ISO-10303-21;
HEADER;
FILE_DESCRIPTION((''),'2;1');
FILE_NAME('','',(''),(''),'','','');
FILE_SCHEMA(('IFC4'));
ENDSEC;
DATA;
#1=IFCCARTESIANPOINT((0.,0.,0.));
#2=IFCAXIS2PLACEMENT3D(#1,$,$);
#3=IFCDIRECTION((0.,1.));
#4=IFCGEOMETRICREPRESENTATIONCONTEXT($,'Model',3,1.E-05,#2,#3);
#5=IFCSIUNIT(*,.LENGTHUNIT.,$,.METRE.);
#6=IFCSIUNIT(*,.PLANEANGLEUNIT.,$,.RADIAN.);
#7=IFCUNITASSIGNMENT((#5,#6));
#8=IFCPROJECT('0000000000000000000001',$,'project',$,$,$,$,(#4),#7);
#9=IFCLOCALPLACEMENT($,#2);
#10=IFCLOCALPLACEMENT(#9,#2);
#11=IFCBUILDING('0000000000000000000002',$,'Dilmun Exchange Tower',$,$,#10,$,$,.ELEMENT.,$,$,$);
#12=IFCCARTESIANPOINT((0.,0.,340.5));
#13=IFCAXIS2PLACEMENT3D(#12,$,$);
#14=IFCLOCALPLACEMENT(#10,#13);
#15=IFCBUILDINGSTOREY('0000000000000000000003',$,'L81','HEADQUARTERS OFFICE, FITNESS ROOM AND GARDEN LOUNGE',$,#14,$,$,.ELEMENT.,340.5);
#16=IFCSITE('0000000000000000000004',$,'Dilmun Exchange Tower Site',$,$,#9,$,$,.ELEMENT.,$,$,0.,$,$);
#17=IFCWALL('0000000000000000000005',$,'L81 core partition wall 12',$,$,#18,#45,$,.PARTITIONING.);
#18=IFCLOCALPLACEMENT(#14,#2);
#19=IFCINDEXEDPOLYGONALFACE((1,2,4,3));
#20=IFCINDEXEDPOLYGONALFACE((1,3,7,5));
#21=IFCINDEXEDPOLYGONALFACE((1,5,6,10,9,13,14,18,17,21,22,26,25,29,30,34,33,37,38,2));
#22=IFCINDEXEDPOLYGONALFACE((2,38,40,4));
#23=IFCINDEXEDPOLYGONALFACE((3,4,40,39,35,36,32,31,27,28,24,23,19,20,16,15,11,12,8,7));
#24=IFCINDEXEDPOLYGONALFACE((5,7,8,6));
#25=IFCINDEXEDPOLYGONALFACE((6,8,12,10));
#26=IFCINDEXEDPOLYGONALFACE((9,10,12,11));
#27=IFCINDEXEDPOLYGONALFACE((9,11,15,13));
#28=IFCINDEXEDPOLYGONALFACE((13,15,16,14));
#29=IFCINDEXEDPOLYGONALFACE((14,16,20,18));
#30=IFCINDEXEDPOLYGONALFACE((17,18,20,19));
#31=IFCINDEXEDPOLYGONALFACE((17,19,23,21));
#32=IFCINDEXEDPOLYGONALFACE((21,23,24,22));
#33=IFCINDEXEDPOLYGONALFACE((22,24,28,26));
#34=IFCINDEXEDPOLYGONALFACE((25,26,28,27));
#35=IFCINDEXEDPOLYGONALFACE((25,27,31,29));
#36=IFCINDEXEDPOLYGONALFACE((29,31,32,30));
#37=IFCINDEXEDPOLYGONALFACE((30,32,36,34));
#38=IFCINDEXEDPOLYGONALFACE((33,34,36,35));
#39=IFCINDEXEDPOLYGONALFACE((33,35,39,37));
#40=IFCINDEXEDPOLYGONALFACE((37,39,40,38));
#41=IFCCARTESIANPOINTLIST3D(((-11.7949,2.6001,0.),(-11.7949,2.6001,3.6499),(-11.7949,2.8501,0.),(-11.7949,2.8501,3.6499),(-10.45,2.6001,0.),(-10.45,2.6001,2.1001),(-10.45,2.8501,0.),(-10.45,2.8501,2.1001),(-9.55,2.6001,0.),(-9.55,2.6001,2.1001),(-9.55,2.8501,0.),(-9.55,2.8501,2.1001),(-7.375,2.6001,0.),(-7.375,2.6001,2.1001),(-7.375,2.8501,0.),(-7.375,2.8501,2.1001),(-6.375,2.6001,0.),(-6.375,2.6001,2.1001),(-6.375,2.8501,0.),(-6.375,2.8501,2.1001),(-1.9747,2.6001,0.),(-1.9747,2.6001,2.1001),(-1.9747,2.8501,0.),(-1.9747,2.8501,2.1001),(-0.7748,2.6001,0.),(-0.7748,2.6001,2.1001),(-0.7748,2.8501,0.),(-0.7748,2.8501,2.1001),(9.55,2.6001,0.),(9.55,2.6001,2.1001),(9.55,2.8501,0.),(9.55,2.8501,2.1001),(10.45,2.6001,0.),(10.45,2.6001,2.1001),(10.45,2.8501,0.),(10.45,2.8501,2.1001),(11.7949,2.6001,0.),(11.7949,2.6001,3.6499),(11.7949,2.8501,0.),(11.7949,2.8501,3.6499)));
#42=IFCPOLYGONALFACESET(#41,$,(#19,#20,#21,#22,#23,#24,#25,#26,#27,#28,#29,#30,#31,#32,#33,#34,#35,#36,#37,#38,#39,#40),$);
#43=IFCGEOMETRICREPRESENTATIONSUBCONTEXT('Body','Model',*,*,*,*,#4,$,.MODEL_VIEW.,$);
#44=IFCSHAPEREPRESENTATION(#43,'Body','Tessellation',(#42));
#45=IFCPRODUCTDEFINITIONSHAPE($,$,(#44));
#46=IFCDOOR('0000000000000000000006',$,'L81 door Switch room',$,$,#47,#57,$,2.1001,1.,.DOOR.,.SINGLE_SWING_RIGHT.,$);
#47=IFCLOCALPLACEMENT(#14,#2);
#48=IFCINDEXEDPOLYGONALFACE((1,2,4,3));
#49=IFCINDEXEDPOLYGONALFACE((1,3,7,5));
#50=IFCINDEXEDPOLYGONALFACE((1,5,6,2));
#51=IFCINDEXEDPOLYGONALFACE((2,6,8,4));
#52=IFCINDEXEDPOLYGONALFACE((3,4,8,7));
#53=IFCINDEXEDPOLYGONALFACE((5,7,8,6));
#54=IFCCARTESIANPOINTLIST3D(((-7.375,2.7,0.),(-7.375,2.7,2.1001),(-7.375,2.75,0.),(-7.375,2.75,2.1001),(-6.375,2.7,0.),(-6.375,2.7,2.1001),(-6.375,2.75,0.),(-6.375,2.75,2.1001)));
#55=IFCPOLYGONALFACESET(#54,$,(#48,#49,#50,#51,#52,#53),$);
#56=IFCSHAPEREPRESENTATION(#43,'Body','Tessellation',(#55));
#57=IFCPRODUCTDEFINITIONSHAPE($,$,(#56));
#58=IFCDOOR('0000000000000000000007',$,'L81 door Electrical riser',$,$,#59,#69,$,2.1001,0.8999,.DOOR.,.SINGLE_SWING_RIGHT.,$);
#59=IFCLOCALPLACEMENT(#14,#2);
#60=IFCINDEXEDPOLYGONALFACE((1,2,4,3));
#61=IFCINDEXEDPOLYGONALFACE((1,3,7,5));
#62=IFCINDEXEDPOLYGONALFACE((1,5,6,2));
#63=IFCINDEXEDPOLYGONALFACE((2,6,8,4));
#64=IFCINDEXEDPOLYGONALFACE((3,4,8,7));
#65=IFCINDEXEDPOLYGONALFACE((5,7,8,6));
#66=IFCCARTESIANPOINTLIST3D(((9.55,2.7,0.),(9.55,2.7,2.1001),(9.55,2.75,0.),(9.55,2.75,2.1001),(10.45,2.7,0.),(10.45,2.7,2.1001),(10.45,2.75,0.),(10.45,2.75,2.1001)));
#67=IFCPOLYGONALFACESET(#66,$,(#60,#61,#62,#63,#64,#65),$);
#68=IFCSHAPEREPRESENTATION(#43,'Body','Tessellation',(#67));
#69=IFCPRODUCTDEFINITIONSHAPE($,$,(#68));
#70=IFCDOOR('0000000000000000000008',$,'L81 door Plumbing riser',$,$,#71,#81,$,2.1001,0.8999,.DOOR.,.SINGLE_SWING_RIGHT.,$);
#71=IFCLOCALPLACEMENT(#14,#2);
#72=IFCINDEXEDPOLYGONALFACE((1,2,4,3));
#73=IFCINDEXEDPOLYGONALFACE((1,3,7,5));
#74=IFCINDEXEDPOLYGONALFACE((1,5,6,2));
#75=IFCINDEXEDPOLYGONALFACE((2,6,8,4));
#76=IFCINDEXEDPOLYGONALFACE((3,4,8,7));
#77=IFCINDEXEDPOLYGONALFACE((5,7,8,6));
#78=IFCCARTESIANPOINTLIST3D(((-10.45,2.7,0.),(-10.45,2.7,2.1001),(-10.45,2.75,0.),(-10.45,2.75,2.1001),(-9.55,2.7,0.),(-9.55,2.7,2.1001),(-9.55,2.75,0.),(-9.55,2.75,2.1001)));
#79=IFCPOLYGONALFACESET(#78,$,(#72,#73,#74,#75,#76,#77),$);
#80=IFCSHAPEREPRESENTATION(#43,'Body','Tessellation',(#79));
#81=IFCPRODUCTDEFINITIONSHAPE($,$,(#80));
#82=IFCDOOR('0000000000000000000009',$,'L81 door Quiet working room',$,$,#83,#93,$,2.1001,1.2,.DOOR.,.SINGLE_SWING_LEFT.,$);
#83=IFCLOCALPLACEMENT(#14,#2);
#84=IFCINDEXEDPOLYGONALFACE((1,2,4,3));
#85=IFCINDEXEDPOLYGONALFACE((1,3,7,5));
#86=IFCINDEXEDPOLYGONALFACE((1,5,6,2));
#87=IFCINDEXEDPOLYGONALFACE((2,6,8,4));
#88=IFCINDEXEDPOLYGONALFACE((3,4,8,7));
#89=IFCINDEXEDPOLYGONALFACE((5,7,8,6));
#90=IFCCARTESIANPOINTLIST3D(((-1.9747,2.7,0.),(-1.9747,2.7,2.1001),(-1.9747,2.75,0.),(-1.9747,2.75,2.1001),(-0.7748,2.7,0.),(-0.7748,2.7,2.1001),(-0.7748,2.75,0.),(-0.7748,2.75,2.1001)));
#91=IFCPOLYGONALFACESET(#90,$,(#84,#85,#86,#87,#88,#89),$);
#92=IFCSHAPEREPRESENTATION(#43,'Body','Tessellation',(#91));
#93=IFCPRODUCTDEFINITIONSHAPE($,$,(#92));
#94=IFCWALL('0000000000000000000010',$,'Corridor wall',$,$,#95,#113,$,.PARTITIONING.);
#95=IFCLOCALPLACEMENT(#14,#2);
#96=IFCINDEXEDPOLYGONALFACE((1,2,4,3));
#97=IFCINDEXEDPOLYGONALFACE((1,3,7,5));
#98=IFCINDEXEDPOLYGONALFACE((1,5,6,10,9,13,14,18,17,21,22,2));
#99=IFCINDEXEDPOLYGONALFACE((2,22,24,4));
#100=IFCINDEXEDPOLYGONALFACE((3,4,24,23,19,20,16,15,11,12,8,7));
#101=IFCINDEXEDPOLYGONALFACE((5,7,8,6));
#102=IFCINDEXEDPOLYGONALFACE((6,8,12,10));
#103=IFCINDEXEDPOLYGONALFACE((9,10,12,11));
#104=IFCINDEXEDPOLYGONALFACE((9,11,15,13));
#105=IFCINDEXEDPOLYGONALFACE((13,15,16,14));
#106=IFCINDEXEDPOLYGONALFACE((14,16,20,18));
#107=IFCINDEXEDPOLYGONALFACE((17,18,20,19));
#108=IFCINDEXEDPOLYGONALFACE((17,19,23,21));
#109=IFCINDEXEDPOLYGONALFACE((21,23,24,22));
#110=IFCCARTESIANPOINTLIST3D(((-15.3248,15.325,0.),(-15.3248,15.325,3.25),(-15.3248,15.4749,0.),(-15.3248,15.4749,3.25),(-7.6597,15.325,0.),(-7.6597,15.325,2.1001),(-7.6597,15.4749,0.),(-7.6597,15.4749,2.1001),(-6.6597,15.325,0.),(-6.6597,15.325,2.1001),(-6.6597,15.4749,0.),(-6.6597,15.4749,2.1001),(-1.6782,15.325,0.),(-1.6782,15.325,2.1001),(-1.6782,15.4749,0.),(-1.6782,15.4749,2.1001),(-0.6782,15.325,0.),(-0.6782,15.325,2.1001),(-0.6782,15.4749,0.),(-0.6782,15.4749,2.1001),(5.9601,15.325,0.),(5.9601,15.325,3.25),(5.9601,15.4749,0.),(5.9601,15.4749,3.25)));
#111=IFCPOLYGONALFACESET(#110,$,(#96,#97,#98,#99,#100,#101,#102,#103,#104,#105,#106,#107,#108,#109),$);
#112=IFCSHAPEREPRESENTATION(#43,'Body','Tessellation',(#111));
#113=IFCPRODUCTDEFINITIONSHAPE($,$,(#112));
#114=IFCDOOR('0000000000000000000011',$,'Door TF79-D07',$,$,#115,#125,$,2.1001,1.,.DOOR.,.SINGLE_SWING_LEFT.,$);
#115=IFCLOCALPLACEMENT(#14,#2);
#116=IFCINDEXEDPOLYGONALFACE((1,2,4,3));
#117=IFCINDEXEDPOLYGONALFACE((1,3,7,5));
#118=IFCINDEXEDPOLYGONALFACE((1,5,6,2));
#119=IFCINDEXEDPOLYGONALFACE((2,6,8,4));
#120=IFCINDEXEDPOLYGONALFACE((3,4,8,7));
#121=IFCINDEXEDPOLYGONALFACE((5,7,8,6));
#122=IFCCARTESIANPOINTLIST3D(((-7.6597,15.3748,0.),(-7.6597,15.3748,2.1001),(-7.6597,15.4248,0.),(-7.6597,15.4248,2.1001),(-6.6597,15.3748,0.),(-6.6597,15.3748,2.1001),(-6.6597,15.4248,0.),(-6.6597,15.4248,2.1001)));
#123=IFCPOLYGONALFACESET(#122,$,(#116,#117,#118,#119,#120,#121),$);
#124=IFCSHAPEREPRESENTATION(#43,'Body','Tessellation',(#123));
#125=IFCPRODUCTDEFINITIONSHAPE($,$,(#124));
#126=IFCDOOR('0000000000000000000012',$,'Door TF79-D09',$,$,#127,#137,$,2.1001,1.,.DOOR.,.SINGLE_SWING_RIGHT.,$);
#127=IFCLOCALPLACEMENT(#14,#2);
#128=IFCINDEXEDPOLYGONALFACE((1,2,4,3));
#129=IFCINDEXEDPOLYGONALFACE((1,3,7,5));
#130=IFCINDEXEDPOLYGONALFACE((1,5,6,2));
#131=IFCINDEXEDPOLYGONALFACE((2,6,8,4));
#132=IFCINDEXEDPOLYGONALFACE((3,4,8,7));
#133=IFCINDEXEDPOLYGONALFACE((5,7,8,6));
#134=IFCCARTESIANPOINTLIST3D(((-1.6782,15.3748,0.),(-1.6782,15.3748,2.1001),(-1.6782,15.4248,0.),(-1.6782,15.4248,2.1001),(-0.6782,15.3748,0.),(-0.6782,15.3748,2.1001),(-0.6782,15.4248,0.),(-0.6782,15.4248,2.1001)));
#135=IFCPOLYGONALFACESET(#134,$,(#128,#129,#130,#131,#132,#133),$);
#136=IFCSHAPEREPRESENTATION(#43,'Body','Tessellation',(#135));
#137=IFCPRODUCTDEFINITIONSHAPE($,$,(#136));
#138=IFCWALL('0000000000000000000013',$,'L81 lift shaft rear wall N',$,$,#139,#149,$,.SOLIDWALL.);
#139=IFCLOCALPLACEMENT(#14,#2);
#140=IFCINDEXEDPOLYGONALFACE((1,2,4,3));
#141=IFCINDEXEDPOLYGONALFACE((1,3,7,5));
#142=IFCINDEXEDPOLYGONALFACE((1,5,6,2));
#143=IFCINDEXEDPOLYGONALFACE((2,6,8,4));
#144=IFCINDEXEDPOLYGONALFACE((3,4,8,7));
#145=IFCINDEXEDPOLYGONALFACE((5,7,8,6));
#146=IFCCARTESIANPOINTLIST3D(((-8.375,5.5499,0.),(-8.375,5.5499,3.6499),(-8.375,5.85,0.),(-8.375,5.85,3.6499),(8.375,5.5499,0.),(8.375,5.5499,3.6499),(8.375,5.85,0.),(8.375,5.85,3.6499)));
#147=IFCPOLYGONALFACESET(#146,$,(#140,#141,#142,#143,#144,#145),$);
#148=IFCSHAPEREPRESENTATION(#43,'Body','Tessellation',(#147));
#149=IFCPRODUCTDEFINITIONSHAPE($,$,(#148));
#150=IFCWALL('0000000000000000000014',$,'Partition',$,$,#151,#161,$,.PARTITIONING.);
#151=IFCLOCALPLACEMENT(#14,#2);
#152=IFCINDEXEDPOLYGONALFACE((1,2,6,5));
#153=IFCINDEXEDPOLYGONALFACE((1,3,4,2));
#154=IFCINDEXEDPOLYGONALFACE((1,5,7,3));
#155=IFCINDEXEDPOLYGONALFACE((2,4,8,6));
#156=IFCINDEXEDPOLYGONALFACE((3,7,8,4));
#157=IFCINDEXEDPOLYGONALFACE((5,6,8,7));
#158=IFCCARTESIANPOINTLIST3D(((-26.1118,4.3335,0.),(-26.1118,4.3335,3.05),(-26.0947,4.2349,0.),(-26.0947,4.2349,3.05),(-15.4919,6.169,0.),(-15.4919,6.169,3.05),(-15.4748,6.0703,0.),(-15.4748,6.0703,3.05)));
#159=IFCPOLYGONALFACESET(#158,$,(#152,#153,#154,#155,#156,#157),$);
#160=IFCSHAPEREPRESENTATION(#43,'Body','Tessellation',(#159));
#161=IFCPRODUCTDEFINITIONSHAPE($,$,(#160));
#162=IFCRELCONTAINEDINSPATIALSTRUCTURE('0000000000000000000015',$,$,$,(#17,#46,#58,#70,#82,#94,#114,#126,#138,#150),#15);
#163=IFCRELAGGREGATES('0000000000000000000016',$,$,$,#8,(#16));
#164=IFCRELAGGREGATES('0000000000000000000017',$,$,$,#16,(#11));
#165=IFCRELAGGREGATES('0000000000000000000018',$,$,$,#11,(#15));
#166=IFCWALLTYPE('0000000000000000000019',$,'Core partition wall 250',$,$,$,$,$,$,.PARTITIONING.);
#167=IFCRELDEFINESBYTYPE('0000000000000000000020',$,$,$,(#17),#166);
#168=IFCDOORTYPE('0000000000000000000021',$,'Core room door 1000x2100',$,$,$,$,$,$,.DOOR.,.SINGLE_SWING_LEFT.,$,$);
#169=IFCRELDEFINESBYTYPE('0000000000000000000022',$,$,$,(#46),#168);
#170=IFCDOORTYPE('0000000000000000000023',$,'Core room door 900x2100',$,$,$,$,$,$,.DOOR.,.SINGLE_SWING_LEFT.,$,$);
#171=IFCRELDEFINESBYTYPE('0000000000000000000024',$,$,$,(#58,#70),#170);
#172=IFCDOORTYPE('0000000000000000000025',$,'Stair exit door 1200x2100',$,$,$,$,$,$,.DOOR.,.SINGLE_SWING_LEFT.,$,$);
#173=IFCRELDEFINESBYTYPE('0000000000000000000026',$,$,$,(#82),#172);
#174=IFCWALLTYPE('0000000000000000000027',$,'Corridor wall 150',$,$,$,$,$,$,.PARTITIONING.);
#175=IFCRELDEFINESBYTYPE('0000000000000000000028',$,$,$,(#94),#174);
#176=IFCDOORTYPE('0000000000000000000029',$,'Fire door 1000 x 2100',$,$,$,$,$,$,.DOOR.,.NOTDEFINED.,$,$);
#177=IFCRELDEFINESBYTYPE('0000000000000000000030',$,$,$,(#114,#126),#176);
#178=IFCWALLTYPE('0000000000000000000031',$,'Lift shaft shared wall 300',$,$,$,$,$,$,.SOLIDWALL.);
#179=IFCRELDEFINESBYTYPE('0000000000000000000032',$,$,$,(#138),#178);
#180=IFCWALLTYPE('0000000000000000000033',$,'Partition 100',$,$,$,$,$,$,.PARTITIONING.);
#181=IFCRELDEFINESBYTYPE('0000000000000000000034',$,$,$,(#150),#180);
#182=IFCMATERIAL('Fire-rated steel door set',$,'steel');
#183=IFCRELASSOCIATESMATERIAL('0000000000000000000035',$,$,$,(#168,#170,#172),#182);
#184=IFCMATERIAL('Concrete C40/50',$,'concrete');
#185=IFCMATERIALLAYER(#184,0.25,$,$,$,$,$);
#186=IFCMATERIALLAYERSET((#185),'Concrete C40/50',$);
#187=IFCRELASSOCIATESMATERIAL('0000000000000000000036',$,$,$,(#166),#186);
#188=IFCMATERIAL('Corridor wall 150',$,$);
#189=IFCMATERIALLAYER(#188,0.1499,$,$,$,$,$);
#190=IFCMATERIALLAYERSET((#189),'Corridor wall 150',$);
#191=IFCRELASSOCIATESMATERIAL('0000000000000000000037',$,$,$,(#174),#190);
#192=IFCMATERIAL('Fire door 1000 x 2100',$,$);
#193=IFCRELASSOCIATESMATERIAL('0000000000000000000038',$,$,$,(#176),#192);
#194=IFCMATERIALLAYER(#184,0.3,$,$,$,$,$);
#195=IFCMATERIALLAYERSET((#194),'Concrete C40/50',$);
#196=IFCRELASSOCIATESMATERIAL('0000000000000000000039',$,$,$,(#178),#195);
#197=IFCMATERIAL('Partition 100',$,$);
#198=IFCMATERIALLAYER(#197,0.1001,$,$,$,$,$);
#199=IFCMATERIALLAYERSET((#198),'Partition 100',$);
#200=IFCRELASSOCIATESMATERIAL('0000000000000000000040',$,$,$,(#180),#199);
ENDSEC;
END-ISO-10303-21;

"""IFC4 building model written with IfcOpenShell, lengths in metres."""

from ifc_helpers import new_model, si_unit, direction, frame, frame_2d, origin, place, context, subcontext, project, spatial, rectangle, extrude, material, layer, layer_set, type_object, element, fill, save


model = new_model("IFC4")

# Units and contexts
model_context = context("Model", 3, precision=1e-05, world=origin(), true_north=direction((0.0, 1.0)))
body_context = subcontext(model_context, "Body", "Model", "MODEL_VIEW")
ifc_project = project(units=[si_unit("LENGTHUNIT", "METRE"), si_unit("PLANEANGLEUNIT", "RADIAN")], contexts=[model_context])

# Site, building, storey
site_placement = place(None, origin())
site = spatial("IfcSite", under=ifc_project, at=site_placement, Name="Dilmun Exchange Tower Site", CompositionType="ELEMENT", RefElevation=0.0)
building_placement = place(site_placement, origin())
building = spatial("IfcBuilding", under=site, at=building_placement, Name="Dilmun Exchange Tower", CompositionType="ELEMENT")
storey_placement = place(building_placement, frame((0.0, 0.0, 340.5)))
storey = spatial("IfcBuildingStorey", under=building, at=storey_placement, Name="L81", Description="HEADQUARTERS OFFICE, FITNESS ROOM AND GARDEN LOUNGE", CompositionType="ELEMENT", Elevation=340.5)

# Shared definitions
ifc_material_1 = material(Name="Concrete C40/50", Category="concrete")

# Shared definitions
ifc_material_2 = material(Name="Fire-rated steel door set", Category="steel")
door_type_1 = type_object("IfcDoorType", Name="Core room door 1000x2100", OperationType="SINGLE_SWING_LEFT", PredefinedType="DOOR", material=ifc_material_2)

# Walls, openings, doors
ifc_layer_1 = layer(ifc_material_1, 0.25)
ifc_layer_set_1 = layer_set([ifc_layer_1], Name="Concrete C40/50")
wall_type_1 = type_object("IfcWallType", Name="Core partition wall 250", PredefinedType="PARTITIONING", material=ifc_layer_set_1)
wall_1_placement = place(storey_placement, frame((-11.7949, 2.7251, 0.0), z_axis=(0.0, 0.0, 1.0), x_axis=(1.0, 0.0, 0.0)))
wall_1 = element("IfcWall", 1, at=wall_1_placement, inside=storey, type_object=wall_type_1, Name="L81 core partition wall 12", PredefinedType="PARTITIONING", context=body_context, shape_type="SweptSolid", body=[
    extrude(rectangle(XDim=23.5898, YDim=0.25, at=frame_2d((11.7949, 0.0))), origin(), (0.0, 0.0, 1.0), 3.6499),
])
opening_1_placement = place(wall_1_placement, frame((21.345, 0.0, 0.0)))
opening_1 = element("IfcOpeningElement", 2, at=opening_1_placement, cuts=wall_1, PredefinedType="OPENING", context=body_context, shape_type="SweptSolid", body=[
    extrude(rectangle(XDim=0.8999, YDim=2.1001, at=frame_2d((0.45, 1.05))), frame((0.0, 0.135, 0.0), z_axis=(0.0, -1.0, 0.0), x_axis=(1.0, 0.0, 0.0)), (0.0, 0.0, 1.0), 0.27),
])
opening_2_placement = place(wall_1_placement, frame((1.345, 0.0, 0.0)))
opening_2 = element("IfcOpeningElement", 3, at=opening_2_placement, cuts=wall_1, PredefinedType="OPENING", context=body_context, shape_type="SweptSolid", body=[
    extrude(rectangle(XDim=0.8999, YDim=2.1001, at=frame_2d((0.45, 1.05))), frame((0.0, 0.135, 0.0), z_axis=(0.0, -1.0, 0.0), x_axis=(1.0, 0.0, 0.0)), (0.0, 0.0, 1.0), 0.27),
])
opening_3_placement = place(wall_1_placement, frame((4.4199, 0.0, 0.0)))
opening_3 = element("IfcOpeningElement", 4, at=opening_3_placement, cuts=wall_1, PredefinedType="OPENING", context=body_context, shape_type="SweptSolid", body=[
    extrude(rectangle(XDim=1.0, YDim=2.1001, at=frame_2d((0.5, 1.05))), frame((0.0, 0.135, 0.0), z_axis=(0.0, -1.0, 0.0), x_axis=(1.0, 0.0, 0.0)), (0.0, 0.0, 1.0), 0.27),
])
opening_4_placement = place(wall_1_placement, frame((9.8201, 0.0, 0.0)))
opening_4 = element("IfcOpeningElement", 5, at=opening_4_placement, cuts=wall_1, PredefinedType="OPENING", context=body_context, shape_type="SweptSolid", body=[
    extrude(rectangle(XDim=1.2, YDim=2.1001, at=frame_2d((0.6001, 1.05))), frame((0.0, 0.135, 0.0), z_axis=(0.0, -1.0, 0.0), x_axis=(1.0, 0.0, 0.0)), (0.0, 0.0, 1.0), 0.27),
])
door_1_placement = place(opening_3_placement, origin())
door_1 = element("IfcDoor", 6, at=door_1_placement, inside=storey, type_object=door_type_1, Name="L81 door Switch room", OperationType="SINGLE_SWING_RIGHT", OverallHeight=2.1001, OverallWidth=1.0, PredefinedType="DOOR", context=body_context, shape_type="SweptSolid", body=[
    extrude(rectangle(XDim=1.0, YDim=2.1001, at=frame_2d((0.5, 1.05))), frame((0.0, 0.0249, 0.0), z_axis=(0.0, -1.0, 0.0), x_axis=(1.0, 0.0, 0.0)), (0.0, 0.0, 1.0), 0.05),
])
fill(opening_3, door_1)
door_type_2 = type_object("IfcDoorType", Name="Core room door 900x2100", OperationType="SINGLE_SWING_LEFT", PredefinedType="DOOR", material=ifc_material_2)
door_2_placement = place(opening_1_placement, origin())
door_2 = element("IfcDoor", 7, at=door_2_placement, inside=storey, type_object=door_type_2, Name="L81 door Electrical riser", OperationType="SINGLE_SWING_RIGHT", OverallHeight=2.1001, OverallWidth=0.8999, PredefinedType="DOOR", context=body_context, shape_type="SweptSolid", body=[
    extrude(rectangle(XDim=0.8999, YDim=2.1001, at=frame_2d((0.45, 1.05))), frame((0.0, 0.0249, 0.0), z_axis=(0.0, -1.0, 0.0), x_axis=(1.0, 0.0, 0.0)), (0.0, 0.0, 1.0), 0.05),
])
fill(opening_1, door_2)
door_3_placement = place(opening_2_placement, origin())
door_3 = element("IfcDoor", 8, at=door_3_placement, inside=storey, type_object=door_type_2, Name="L81 door Plumbing riser", OperationType="SINGLE_SWING_RIGHT", OverallHeight=2.1001, OverallWidth=0.8999, PredefinedType="DOOR", context=body_context, shape_type="SweptSolid", body=[
    extrude(rectangle(XDim=0.8999, YDim=2.1001, at=frame_2d((0.45, 1.05))), frame((0.0, 0.0249, 0.0), z_axis=(0.0, -1.0, 0.0), x_axis=(1.0, 0.0, 0.0)), (0.0, 0.0, 1.0), 0.05),
])
fill(opening_2, door_3)
door_type_3 = type_object("IfcDoorType", Name="Stair exit door 1200x2100", OperationType="SINGLE_SWING_LEFT", PredefinedType="DOOR", material=ifc_material_2)
door_4_placement = place(opening_4_placement, origin())
door_4 = element("IfcDoor", 9, at=door_4_placement, inside=storey, type_object=door_type_3, Name="L81 door Quiet working room", OperationType="SINGLE_SWING_LEFT", OverallHeight=2.1001, OverallWidth=1.2, PredefinedType="DOOR", context=body_context, shape_type="SweptSolid", body=[
    extrude(rectangle(XDim=1.2, YDim=2.1001, at=frame_2d((0.6001, 1.05))), frame((0.0, 0.0249, 0.0), z_axis=(0.0, -1.0, 0.0), x_axis=(1.0, 0.0, 0.0)), (0.0, 0.0, 1.0), 0.05),
])
fill(opening_4, door_4)
ifc_material_3 = material(Name="Corridor wall 150")
ifc_layer_2 = layer(ifc_material_3, 0.1499)
ifc_layer_set_2 = layer_set([ifc_layer_2], Name="Corridor wall 150")
wall_type_2 = type_object("IfcWallType", Name="Corridor wall 150", PredefinedType="PARTITIONING", material=ifc_layer_set_2)
wall_2_placement = place(storey_placement, frame((-15.325, 15.3999, 0.0), z_axis=(0.0, 0.0, 1.0), x_axis=(1.0, 0.0, 0.0)))
wall_2 = element("IfcWall", 10, at=wall_2_placement, inside=storey, type_object=wall_type_2, Name="Corridor wall", PredefinedType="PARTITIONING", context=body_context, shape_type="SweptSolid", body=[
    extrude(rectangle(XDim=21.2849, YDim=0.1499, at=frame_2d((10.6426, 0.0))), origin(), (0.0, 0.0, 1.0), 3.25),
])
opening_5_placement = place(wall_2_placement, frame((7.6653, 0.0, 0.0)))
opening_5 = element("IfcOpeningElement", 11, at=opening_5_placement, cuts=wall_2, PredefinedType="OPENING", context=body_context, shape_type="SweptSolid", body=[
    extrude(rectangle(XDim=1.0, YDim=2.1001, at=frame_2d((0.5, 1.05))), frame((0.0, 0.085, 0.0), z_axis=(0.0, -1.0, 0.0), x_axis=(1.0, 0.0, 0.0)), (0.0, 0.0, 1.0), 0.1699),
])
opening_6_placement = place(wall_2_placement, frame((13.6467, 0.0, 0.0)))
opening_6 = element("IfcOpeningElement", 12, at=opening_6_placement, cuts=wall_2, PredefinedType="OPENING", context=body_context, shape_type="SweptSolid", body=[
    extrude(rectangle(XDim=1.0, YDim=2.1001, at=frame_2d((0.5, 1.05))), frame((0.0, 0.085, 0.0), z_axis=(0.0, -1.0, 0.0), x_axis=(1.0, 0.0, 0.0)), (0.0, 0.0, 1.0), 0.1699),
])
ifc_material_4 = material(Name="Fire door 1000 x 2100")
door_type_4 = type_object("IfcDoorType", Name="Fire door 1000 x 2100", OperationType="NOTDEFINED", PredefinedType="DOOR", material=ifc_material_4)
door_5_placement = place(opening_5_placement, origin())
door_5 = element("IfcDoor", 13, at=door_5_placement, inside=storey, type_object=door_type_4, Name="Door TF79-D07", OperationType="SINGLE_SWING_LEFT", OverallHeight=2.1001, OverallWidth=1.0, PredefinedType="DOOR", context=body_context, shape_type="SweptSolid", body=[
    extrude(rectangle(XDim=1.0, YDim=2.1001, at=frame_2d((0.5, 1.05))), frame((0.0, 0.0249, 0.0), z_axis=(0.0, -1.0, 0.0), x_axis=(1.0, 0.0, 0.0)), (0.0, 0.0, 1.0), 0.05),
])
fill(opening_5, door_5)
door_6_placement = place(opening_6_placement, origin())
door_6 = element("IfcDoor", 14, at=door_6_placement, inside=storey, type_object=door_type_4, Name="Door TF79-D09", OperationType="SINGLE_SWING_RIGHT", OverallHeight=2.1001, OverallWidth=1.0, PredefinedType="DOOR", context=body_context, shape_type="SweptSolid", body=[
    extrude(rectangle(XDim=1.0, YDim=2.1001, at=frame_2d((0.5, 1.05))), frame((0.0, 0.0249, 0.0), z_axis=(0.0, -1.0, 0.0), x_axis=(1.0, 0.0, 0.0)), (0.0, 0.0, 1.0), 0.05),
])
fill(opening_6, door_6)

# Walls
ifc_layer_3 = layer(ifc_material_1, 0.3)
ifc_layer_set_3 = layer_set([ifc_layer_3], Name="Concrete C40/50")
wall_type_3 = type_object("IfcWallType", Name="Lift shaft shared wall 300", PredefinedType="SOLIDWALL", material=ifc_layer_set_3)
wall_3_placement = place(storey_placement, frame((-8.375, 5.7, 0.0), z_axis=(0.0, 0.0, 1.0), x_axis=(1.0, 0.0, 0.0)))
element("IfcWall", 15, at=wall_3_placement, inside=storey, type_object=wall_type_3, Name="L81 lift shaft rear wall N", PredefinedType="SOLIDWALL", context=body_context, shape_type="SweptSolid", body=[
    extrude(rectangle(XDim=16.75, YDim=0.3, at=frame_2d((8.375, 0.0))), origin(), (0.0, 0.0, 1.0), 3.6499),
])
ifc_material_5 = material(Name="Partition 100")
ifc_layer_4 = layer(ifc_material_5, 0.1001)
ifc_layer_set_4 = layer_set([ifc_layer_4], Name="Partition 100")
wall_type_4 = type_object("IfcWallType", Name="Partition 100", PredefinedType="PARTITIONING", material=ifc_layer_set_4)
wall_4_placement = place(storey_placement, frame((-26.1033, 4.2842, 0.0), z_axis=(0.0, 0.0, 1.0), x_axis=(0.985391, 0.170307, 0.0)))
element("IfcWall", 16, at=wall_4_placement, inside=storey, type_object=wall_type_4, Name="Partition", PredefinedType="PARTITIONING", context=body_context, shape_type="SweptSolid", body=[
    extrude(rectangle(XDim=10.7773, YDim=0.1001, at=frame_2d((5.3887, 0.0))), origin(), (0.0, 0.0, 1.0), 3.05),
])

save(model, "model.ifc")
